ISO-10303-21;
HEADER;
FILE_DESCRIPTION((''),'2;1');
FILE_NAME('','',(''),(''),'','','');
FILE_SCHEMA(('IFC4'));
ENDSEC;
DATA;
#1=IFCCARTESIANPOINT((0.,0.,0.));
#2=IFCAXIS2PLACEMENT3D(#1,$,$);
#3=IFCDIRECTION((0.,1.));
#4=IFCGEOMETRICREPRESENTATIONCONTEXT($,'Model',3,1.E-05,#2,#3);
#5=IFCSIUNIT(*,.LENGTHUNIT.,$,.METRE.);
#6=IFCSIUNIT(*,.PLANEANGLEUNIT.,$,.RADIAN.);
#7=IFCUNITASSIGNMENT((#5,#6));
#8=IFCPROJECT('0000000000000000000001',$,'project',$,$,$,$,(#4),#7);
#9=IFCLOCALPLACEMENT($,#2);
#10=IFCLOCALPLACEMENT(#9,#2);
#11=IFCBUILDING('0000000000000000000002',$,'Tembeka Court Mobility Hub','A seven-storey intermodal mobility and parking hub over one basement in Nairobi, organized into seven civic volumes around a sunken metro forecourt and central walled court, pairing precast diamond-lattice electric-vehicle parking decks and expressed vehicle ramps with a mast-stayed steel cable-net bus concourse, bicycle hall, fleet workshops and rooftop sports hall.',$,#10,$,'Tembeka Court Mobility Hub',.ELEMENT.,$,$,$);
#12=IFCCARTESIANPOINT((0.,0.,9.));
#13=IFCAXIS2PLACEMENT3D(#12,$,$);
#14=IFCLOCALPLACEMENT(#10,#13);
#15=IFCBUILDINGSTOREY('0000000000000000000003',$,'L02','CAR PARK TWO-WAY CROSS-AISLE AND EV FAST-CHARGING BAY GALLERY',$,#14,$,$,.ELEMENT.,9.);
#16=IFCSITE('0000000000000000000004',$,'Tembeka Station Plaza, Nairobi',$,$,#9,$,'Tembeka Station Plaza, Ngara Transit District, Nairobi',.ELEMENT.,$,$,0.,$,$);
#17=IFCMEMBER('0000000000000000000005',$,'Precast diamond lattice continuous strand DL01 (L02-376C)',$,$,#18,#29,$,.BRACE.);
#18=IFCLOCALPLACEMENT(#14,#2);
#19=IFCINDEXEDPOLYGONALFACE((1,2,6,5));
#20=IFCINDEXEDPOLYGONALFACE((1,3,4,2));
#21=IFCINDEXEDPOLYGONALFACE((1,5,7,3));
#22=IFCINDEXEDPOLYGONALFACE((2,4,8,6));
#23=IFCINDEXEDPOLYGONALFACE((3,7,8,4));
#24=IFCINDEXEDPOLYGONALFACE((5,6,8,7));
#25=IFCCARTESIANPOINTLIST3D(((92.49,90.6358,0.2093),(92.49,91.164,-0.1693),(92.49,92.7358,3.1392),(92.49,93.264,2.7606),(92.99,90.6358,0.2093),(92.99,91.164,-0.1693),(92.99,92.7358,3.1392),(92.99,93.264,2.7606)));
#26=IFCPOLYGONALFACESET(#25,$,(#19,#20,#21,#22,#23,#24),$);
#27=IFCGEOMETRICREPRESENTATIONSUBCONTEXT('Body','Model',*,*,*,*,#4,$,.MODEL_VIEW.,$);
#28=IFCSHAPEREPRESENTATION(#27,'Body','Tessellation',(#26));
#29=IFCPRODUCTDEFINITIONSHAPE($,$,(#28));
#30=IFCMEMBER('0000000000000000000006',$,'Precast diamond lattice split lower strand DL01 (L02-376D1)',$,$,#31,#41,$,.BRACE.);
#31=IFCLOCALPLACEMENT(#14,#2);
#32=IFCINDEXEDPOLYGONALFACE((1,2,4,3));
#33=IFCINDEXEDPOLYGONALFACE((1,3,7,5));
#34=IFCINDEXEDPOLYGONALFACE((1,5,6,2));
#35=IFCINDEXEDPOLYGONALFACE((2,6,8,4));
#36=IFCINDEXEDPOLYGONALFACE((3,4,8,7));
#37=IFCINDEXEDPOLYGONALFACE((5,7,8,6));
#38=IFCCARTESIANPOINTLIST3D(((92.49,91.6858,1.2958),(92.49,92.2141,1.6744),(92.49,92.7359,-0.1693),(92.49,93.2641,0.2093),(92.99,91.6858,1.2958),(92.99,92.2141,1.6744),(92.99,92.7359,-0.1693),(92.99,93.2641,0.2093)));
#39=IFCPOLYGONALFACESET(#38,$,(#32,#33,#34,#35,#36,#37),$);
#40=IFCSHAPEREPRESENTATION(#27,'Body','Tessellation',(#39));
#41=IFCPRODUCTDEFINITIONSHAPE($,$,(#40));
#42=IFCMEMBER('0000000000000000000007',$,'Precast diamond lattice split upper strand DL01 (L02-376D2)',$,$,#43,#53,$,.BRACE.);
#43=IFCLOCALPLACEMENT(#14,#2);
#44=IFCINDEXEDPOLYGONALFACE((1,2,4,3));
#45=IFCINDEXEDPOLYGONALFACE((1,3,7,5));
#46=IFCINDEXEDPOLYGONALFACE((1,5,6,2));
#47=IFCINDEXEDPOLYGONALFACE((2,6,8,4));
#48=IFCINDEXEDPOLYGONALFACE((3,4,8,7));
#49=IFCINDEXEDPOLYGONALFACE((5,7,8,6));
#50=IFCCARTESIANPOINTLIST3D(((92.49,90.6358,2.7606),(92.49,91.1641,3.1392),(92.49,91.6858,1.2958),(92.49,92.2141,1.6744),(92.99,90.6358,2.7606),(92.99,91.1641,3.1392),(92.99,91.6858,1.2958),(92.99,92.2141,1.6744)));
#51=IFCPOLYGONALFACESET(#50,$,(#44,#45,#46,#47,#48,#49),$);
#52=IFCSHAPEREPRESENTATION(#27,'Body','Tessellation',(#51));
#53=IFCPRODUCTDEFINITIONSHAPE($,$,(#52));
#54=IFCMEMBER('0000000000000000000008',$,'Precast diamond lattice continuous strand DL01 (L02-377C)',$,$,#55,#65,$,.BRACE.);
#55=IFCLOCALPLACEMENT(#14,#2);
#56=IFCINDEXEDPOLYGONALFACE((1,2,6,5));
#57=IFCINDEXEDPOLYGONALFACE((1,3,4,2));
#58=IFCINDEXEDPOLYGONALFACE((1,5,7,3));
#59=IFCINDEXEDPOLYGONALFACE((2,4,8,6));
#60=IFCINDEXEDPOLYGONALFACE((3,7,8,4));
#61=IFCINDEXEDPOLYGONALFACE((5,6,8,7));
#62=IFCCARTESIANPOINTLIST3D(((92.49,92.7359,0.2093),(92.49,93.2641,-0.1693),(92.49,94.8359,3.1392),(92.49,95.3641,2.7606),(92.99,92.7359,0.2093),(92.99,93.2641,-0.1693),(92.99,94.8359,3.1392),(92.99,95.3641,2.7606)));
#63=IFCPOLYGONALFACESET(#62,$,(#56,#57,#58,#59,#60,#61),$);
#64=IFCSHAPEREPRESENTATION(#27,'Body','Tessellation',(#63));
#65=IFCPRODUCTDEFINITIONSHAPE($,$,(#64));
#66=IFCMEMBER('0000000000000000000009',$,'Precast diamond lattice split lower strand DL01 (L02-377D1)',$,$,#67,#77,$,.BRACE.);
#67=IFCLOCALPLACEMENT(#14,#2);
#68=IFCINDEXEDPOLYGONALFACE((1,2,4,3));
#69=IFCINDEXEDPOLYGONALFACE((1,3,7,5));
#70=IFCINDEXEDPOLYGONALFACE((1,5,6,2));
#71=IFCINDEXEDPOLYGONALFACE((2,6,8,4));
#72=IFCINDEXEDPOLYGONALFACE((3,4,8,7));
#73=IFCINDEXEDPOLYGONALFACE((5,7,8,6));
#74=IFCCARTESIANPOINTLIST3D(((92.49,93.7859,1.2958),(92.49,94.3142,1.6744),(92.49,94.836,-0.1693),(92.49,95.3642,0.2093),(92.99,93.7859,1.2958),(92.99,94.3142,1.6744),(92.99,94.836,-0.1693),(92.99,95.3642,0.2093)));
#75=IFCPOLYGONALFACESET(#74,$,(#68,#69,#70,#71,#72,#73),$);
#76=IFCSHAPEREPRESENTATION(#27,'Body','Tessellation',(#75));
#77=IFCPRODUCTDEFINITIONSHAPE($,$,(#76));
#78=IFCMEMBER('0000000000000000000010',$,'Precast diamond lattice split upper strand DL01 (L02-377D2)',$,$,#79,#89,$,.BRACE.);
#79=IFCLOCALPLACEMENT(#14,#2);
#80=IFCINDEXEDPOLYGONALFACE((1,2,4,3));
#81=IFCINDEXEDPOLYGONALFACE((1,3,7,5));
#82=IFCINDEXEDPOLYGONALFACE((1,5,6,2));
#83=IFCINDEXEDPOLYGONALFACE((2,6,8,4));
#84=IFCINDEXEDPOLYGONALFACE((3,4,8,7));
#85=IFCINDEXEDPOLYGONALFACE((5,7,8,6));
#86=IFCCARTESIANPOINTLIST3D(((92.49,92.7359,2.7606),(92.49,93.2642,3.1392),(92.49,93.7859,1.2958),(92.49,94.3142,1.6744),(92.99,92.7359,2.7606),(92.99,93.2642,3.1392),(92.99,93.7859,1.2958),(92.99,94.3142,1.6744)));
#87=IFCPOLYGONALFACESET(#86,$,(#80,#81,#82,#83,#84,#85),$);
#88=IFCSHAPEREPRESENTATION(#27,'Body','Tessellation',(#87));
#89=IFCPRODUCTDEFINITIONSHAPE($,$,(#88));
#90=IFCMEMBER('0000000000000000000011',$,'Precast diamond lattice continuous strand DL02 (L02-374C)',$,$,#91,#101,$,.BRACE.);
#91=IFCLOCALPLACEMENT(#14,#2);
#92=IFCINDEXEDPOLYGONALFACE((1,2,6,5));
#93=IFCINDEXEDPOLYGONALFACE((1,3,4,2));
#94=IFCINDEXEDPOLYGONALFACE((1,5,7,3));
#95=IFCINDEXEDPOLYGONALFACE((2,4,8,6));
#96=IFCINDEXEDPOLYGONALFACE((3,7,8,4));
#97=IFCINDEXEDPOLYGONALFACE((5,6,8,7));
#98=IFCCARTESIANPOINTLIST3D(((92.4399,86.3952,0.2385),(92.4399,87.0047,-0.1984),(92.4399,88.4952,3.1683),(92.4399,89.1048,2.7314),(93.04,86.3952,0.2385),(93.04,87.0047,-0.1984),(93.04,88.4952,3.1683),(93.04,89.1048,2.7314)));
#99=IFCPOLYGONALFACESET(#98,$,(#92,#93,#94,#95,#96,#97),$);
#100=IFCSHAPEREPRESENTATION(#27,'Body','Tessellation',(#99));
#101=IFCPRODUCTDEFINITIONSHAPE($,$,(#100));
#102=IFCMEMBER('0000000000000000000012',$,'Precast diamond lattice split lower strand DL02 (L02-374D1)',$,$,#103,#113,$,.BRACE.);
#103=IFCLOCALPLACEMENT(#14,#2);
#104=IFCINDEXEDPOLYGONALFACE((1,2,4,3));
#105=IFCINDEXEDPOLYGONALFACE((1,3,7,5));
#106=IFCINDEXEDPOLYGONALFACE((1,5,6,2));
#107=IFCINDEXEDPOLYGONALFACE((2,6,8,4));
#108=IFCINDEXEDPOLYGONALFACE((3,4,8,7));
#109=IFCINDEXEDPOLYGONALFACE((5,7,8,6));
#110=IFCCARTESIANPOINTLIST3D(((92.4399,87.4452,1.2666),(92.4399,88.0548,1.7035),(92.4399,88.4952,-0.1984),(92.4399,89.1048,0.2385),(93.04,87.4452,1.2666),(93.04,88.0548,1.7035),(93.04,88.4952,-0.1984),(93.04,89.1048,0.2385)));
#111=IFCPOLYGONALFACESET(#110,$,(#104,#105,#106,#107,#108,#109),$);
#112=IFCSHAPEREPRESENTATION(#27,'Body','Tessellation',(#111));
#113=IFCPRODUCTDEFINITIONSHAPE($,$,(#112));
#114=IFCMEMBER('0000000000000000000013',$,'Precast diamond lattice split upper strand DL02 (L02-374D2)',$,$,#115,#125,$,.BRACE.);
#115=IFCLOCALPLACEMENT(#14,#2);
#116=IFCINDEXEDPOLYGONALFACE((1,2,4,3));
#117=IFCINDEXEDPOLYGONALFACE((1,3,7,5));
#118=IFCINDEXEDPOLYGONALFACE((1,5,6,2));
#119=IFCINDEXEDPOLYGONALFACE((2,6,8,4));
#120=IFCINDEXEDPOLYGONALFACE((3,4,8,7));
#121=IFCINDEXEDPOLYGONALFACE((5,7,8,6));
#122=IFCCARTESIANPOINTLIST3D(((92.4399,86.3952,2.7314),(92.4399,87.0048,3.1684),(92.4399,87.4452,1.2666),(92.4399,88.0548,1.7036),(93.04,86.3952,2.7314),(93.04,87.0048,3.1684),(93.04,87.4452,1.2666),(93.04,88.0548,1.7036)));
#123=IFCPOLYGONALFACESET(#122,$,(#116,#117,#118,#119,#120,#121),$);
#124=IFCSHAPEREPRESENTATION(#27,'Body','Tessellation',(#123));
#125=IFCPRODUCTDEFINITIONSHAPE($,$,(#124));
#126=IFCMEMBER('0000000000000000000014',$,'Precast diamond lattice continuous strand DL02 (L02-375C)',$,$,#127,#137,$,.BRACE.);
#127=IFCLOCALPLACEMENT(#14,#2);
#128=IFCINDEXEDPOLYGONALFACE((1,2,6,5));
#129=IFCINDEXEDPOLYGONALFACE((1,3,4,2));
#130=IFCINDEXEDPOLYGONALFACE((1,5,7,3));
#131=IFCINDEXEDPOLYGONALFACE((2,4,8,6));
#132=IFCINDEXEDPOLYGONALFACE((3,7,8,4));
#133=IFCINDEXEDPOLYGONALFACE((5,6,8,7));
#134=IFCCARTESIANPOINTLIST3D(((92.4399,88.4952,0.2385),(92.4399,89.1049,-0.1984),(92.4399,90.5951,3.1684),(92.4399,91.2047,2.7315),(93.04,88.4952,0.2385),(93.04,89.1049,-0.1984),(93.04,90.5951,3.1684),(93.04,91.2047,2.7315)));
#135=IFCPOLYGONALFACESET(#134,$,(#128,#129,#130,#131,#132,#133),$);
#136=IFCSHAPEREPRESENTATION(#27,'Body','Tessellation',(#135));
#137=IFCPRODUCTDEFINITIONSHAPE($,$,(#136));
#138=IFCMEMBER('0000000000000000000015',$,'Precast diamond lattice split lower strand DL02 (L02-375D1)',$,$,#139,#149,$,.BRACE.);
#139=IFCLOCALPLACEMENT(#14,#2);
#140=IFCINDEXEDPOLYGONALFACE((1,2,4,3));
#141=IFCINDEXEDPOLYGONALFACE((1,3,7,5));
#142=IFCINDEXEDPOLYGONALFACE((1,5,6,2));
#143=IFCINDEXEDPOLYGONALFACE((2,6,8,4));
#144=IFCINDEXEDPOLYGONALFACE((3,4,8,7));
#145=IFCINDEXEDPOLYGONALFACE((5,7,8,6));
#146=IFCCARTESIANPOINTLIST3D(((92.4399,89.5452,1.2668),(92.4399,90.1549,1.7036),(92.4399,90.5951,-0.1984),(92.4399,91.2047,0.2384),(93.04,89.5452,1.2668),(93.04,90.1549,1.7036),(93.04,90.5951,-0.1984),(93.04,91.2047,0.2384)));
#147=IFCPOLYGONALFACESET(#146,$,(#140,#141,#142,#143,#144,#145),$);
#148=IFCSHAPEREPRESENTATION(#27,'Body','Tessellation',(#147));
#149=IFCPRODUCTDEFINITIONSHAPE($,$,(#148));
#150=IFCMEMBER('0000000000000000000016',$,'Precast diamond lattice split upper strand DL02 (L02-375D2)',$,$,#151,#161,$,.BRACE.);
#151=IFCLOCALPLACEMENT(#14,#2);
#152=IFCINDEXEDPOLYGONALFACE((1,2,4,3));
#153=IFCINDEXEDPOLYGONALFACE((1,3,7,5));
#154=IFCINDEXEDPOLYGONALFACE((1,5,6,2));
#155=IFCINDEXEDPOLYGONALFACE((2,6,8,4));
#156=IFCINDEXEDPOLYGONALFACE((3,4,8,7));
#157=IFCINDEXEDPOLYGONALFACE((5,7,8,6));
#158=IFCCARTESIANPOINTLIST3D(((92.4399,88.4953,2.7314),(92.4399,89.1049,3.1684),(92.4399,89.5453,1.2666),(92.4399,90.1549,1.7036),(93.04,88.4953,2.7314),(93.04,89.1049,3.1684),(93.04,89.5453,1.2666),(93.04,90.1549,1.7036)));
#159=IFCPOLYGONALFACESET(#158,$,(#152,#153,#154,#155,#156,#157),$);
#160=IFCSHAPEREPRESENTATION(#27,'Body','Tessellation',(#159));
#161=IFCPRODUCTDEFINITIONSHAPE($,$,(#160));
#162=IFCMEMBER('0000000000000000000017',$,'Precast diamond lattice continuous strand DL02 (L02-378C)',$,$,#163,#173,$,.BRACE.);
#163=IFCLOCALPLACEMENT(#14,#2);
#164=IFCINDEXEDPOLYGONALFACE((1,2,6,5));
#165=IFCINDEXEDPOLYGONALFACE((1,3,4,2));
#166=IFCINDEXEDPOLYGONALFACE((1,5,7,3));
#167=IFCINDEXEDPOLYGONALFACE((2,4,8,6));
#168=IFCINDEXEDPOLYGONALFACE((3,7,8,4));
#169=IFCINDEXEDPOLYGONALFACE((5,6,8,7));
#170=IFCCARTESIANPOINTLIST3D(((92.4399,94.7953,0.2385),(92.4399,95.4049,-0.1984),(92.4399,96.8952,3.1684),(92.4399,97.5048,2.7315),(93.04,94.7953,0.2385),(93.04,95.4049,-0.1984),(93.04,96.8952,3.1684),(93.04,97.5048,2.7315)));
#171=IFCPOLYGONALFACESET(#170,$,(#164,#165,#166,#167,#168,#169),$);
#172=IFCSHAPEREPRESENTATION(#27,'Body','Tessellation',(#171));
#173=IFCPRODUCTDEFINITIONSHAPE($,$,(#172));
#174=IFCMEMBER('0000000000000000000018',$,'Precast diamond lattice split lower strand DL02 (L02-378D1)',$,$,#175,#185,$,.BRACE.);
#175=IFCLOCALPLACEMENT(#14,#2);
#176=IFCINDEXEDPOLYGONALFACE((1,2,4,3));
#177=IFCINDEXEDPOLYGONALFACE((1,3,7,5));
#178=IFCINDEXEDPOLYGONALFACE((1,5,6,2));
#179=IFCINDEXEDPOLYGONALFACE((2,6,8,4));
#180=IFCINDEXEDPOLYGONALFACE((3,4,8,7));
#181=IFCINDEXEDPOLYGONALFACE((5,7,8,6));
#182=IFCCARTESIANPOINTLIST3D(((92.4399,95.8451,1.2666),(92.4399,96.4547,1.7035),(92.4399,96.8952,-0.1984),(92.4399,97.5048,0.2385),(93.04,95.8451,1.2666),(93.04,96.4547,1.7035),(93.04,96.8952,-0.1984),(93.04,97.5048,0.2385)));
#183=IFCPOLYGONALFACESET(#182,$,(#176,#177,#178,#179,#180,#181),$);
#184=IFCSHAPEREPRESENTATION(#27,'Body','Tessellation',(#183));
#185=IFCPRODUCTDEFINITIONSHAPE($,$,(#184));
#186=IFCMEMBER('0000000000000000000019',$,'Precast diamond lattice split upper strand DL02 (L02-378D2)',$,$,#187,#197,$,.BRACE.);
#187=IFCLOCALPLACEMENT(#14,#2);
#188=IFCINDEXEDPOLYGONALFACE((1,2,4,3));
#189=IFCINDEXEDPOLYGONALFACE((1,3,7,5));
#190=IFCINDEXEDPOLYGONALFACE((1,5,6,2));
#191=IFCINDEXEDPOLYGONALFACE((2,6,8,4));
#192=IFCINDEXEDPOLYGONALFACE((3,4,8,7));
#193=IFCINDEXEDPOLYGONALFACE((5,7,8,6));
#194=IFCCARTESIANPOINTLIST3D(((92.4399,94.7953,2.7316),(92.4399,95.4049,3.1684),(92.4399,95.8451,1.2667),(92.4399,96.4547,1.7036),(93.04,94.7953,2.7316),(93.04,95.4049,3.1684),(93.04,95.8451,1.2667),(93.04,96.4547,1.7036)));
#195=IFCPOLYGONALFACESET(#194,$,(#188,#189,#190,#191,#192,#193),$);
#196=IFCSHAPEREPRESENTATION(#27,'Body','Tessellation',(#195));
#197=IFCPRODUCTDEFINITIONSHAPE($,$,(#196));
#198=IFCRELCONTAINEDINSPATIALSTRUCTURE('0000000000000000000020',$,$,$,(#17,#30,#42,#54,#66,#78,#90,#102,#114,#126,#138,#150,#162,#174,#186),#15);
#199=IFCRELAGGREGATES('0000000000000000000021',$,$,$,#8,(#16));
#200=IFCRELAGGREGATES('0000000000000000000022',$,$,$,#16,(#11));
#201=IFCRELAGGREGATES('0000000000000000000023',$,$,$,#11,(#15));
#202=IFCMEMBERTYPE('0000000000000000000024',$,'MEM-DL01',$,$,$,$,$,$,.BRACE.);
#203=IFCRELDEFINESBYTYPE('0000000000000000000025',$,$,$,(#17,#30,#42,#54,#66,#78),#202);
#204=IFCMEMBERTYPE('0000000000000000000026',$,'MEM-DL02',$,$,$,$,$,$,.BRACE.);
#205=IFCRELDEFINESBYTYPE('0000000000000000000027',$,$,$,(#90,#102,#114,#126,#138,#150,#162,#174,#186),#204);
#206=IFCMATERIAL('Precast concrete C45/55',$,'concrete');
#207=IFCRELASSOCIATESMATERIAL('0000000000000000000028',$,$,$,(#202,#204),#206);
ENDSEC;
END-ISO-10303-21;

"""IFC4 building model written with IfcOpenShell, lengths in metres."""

from ifc_helpers import new_model, si_unit, direction, frame, origin, origin_2d, place, context, subcontext, project, spatial, rectangle, extrude, material, material_profile, profile_set, type_object, element, save


model = new_model("IFC4")

# Units and contexts
model_context = context("Model", 3, precision=1e-05, world=origin(), true_north=direction((0.0, 1.0)))
body_context = subcontext(model_context, "Body", "Model", "MODEL_VIEW")
ifc_project = project(units=[si_unit("LENGTHUNIT", "METRE"), si_unit("PLANEANGLEUNIT", "RADIAN")], contexts=[model_context])

# Site, building, storey
site_placement = place(None, origin())
site = spatial("IfcSite", under=ifc_project, at=site_placement, Name="Tembeka Station Plaza, Nairobi", LongName="Tembeka Station Plaza, Ngara Transit District, Nairobi", CompositionType="ELEMENT", RefElevation=0.0)
building_placement = place(site_placement, origin())
building = spatial("IfcBuilding", under=site, at=building_placement, Name="Tembeka Court Mobility Hub", Description="A seven-storey intermodal mobility and parking hub over one basement in Nairobi, organized into seven civic volumes around a sunken metro forecourt and central walled court, pairing precast diamond-lattice electric-vehicle parking decks and expressed vehicle ramps with a mast-stayed steel cable-net bus concourse, bicycle hall, fleet workshops and rooftop sports hall.", LongName="Tembeka Court Mobility Hub", CompositionType="ELEMENT")
storey_placement = place(building_placement, frame((0.0, 0.0, 9.0)))
storey = spatial("IfcBuildingStorey", under=building, at=storey_placement, Name="L02", Description="CAR PARK TWO-WAY CROSS-AISLE AND EV FAST-CHARGING BAY GALLERY", CompositionType="ELEMENT", Elevation=9.0)

# Members
ifc_material_1 = material(Name="Precast concrete C45/55", Category="concrete")
ifc_material_profile_1 = material_profile(ifc_material_1, rectangle(XDim=0.5, YDim=0.6499, at=origin_2d()), Name="PC-DIAG 500x650")
ifc_profile_set_1 = profile_set([ifc_material_profile_1], Name="Precast concrete C45/55")
member_type_1 = type_object("IfcMemberType", Name="MEM-DL01", PredefinedType="BRACE", material=ifc_profile_set_1)
member_1_placement = place(storey_placement, frame((92.74, 90.8999, 0.02), z_axis=(0.0, 0.582576, 0.812776), x_axis=(-1.0, 0.0, 0.0)))
element("IfcMember", 1, at=member_1_placement, inside=storey, type_object=member_type_1, Name="Precast diamond lattice continuous strand DL01 (L02-376C)", PredefinedType="BRACE", context=body_context, shape_type="SweptSolid", body=[
    extrude(rectangle(XDim=0.5, YDim=0.6499, at=origin_2d()), origin(), (0.0, 0.0, 1.0), 3.6047),
])
member_2_placement = place(storey_placement, frame((92.74, 93.0, 0.02), z_axis=(0.0, -0.582544, 0.812799), x_axis=(1.0, 0.0, 0.0)))
element("IfcMember", 2, at=member_2_placement, inside=storey, type_object=member_type_1, Name="Precast diamond lattice split lower strand DL01 (L02-376D1)", PredefinedType="BRACE", context=body_context, shape_type="SweptSolid", body=[
    extrude(rectangle(XDim=0.5, YDim=0.6499, at=origin_2d()), origin(), (0.0, 0.0, 1.0), 1.8025),
])
member_3_placement = place(storey_placement, frame((92.74, 91.95, 1.4851), z_axis=(0.0, -0.582608, 0.812753), x_axis=(1.0, 0.0, 0.0)))
element("IfcMember", 3, at=member_3_placement, inside=storey, type_object=member_type_1, Name="Precast diamond lattice split upper strand DL01 (L02-376D2)", PredefinedType="BRACE", context=body_context, shape_type="SweptSolid", body=[
    extrude(rectangle(XDim=0.5, YDim=0.6499, at=origin_2d()), origin(), (0.0, 0.0, 1.0), 1.8022),
])
member_4_placement = place(storey_placement, frame((92.74, 93.0, 0.02), z_axis=(0.0, 0.582576, 0.812776), x_axis=(-1.0, 0.0, 0.0)))
element("IfcMember", 4, at=member_4_placement, inside=storey, type_object=member_type_1, Name="Precast diamond lattice continuous strand DL01 (L02-377C)", PredefinedType="BRACE", context=body_context, shape_type="SweptSolid", body=[
    extrude(rectangle(XDim=0.5, YDim=0.6499, at=origin_2d()), origin(), (0.0, 0.0, 1.0), 3.6047),
])
member_5_placement = place(storey_placement, frame((92.74, 95.1001, 0.02), z_axis=(0.0, -0.582544, 0.812799), x_axis=(1.0, 0.0, 0.0)))
element("IfcMember", 5, at=member_5_placement, inside=storey, type_object=member_type_1, Name="Precast diamond lattice split lower strand DL01 (L02-377D1)", PredefinedType="BRACE", context=body_context, shape_type="SweptSolid", body=[
    extrude(rectangle(XDim=0.5, YDim=0.6499, at=origin_2d()), origin(), (0.0, 0.0, 1.0), 1.8025),
])
member_6_placement = place(storey_placement, frame((92.74, 94.05, 1.4851), z_axis=(0.0, -0.582608, 0.812753), x_axis=(1.0, 0.0, 0.0)))
element("IfcMember", 6, at=member_6_placement, inside=storey, type_object=member_type_1, Name="Precast diamond lattice split upper strand DL01 (L02-377D2)", PredefinedType="BRACE", context=body_context, shape_type="SweptSolid", body=[
    extrude(rectangle(XDim=0.5, YDim=0.6499, at=origin_2d()), origin(), (0.0, 0.0, 1.0), 1.8022),
])
ifc_material_profile_2 = material_profile(ifc_material_1, rectangle(XDim=0.6001, YDim=0.75, at=origin_2d()), Name="PC-DIAG 600x750")
ifc_profile_set_2 = profile_set([ifc_material_profile_2], Name="Precast concrete C45/55")
member_type_2 = type_object("IfcMemberType", Name="MEM-DL02", PredefinedType="BRACE", material=ifc_profile_set_2)
member_7_placement = place(storey_placement, frame((92.74, 86.7, 0.02), z_axis=(0.0, 0.582576, 0.812776), x_axis=(-1.0, 0.0, 0.0)))
element("IfcMember", 7, at=member_7_placement, inside=storey, type_object=member_type_2, Name="Precast diamond lattice continuous strand DL02 (L02-374C)", PredefinedType="BRACE", context=body_context, shape_type="SweptSolid", body=[
    extrude(rectangle(XDim=0.6001, YDim=0.75, at=origin_2d()), origin(), (0.0, 0.0, 1.0), 3.6047),
])
member_8_placement = place(storey_placement, frame((92.74, 88.8, 0.02), z_axis=(0.0, -0.582544, 0.812799), x_axis=(1.0, 0.0, 0.0)))
element("IfcMember", 8, at=member_8_placement, inside=storey, type_object=member_type_2, Name="Precast diamond lattice split lower strand DL02 (L02-374D1)", PredefinedType="BRACE", context=body_context, shape_type="SweptSolid", body=[
    extrude(rectangle(XDim=0.6001, YDim=0.75, at=origin_2d()), origin(), (0.0, 0.0, 1.0), 1.8025),
])
member_9_placement = place(storey_placement, frame((92.74, 87.75, 1.4851), z_axis=(0.0, -0.582608, 0.812753), x_axis=(1.0, 0.0, 0.0)))
element("IfcMember", 9, at=member_9_placement, inside=storey, type_object=member_type_2, Name="Precast diamond lattice split upper strand DL02 (L02-374D2)", PredefinedType="BRACE", context=body_context, shape_type="SweptSolid", body=[
    extrude(rectangle(XDim=0.6001, YDim=0.75, at=origin_2d()), origin(), (0.0, 0.0, 1.0), 1.8022),
])
member_10_placement = place(storey_placement, frame((92.74, 88.8, 0.02), z_axis=(0.0, 0.582532, 0.812808), x_axis=(-1.0, 0.0, 0.0)))
element("IfcMember", 10, at=member_10_placement, inside=storey, type_object=member_type_2, Name="Precast diamond lattice continuous strand DL02 (L02-375C)", PredefinedType="BRACE", context=body_context, shape_type="SweptSolid", body=[
    extrude(rectangle(XDim=0.6001, YDim=0.75, at=origin_2d()), origin(), (0.0, 0.0, 1.0), 3.6047),
])
member_11_placement = place(storey_placement, frame((92.74, 90.8999, 0.02), z_axis=(0.0, -0.582455, 0.812863), x_axis=(1.0, 0.0, 0.0)))
element("IfcMember", 11, at=member_11_placement, inside=storey, type_object=member_type_2, Name="Precast diamond lattice split lower strand DL02 (L02-375D1)", PredefinedType="BRACE", context=body_context, shape_type="SweptSolid", body=[
    extrude(rectangle(XDim=0.6001, YDim=0.75, at=origin_2d()), origin(), (0.0, 0.0, 1.0), 1.8025),
])
member_12_placement = place(storey_placement, frame((92.74, 89.8501, 1.4851), z_axis=(0.0, -0.582608, 0.812753), x_axis=(1.0, 0.0, 0.0)))
element("IfcMember", 12, at=member_12_placement, inside=storey, type_object=member_type_2, Name="Precast diamond lattice split upper strand DL02 (L02-375D2)", PredefinedType="BRACE", context=body_context, shape_type="SweptSolid", body=[
    extrude(rectangle(XDim=0.6001, YDim=0.75, at=origin_2d()), origin(), (0.0, 0.0, 1.0), 1.8022),
])
member_13_placement = place(storey_placement, frame((92.74, 95.1001, 0.02), z_axis=(0.0, 0.582532, 0.812808), x_axis=(-1.0, 0.0, 0.0)))
element("IfcMember", 13, at=member_13_placement, inside=storey, type_object=member_type_2, Name="Precast diamond lattice continuous strand DL02 (L02-378C)", PredefinedType="BRACE", context=body_context, shape_type="SweptSolid", body=[
    extrude(rectangle(XDim=0.6001, YDim=0.75, at=origin_2d()), origin(), (0.0, 0.0, 1.0), 3.6047),
])
member_14_placement = place(storey_placement, frame((92.74, 97.2, 0.02), z_axis=(0.0, -0.582544, 0.812799), x_axis=(1.0, 0.0, 0.0)))
element("IfcMember", 14, at=member_14_placement, inside=storey, type_object=member_type_2, Name="Precast diamond lattice split lower strand DL02 (L02-378D1)", PredefinedType="BRACE", context=body_context, shape_type="SweptSolid", body=[
    extrude(rectangle(XDim=0.6001, YDim=0.75, at=origin_2d()), origin(), (0.0, 0.0, 1.0), 1.8025),
])
member_15_placement = place(storey_placement, frame((92.74, 96.1499, 1.4851), z_axis=(0.0, -0.582519, 0.812817), x_axis=(1.0, 0.0, 0.0)))
element("IfcMember", 15, at=member_15_placement, inside=storey, type_object=member_type_2, Name="Precast diamond lattice split upper strand DL02 (L02-378D2)", PredefinedType="BRACE", context=body_context, shape_type="SweptSolid", body=[
    extrude(rectangle(XDim=0.6001, YDim=0.75, at=origin_2d()), origin(), (0.0, 0.0, 1.0), 1.8022),
])

save(model, "model.ifc")
